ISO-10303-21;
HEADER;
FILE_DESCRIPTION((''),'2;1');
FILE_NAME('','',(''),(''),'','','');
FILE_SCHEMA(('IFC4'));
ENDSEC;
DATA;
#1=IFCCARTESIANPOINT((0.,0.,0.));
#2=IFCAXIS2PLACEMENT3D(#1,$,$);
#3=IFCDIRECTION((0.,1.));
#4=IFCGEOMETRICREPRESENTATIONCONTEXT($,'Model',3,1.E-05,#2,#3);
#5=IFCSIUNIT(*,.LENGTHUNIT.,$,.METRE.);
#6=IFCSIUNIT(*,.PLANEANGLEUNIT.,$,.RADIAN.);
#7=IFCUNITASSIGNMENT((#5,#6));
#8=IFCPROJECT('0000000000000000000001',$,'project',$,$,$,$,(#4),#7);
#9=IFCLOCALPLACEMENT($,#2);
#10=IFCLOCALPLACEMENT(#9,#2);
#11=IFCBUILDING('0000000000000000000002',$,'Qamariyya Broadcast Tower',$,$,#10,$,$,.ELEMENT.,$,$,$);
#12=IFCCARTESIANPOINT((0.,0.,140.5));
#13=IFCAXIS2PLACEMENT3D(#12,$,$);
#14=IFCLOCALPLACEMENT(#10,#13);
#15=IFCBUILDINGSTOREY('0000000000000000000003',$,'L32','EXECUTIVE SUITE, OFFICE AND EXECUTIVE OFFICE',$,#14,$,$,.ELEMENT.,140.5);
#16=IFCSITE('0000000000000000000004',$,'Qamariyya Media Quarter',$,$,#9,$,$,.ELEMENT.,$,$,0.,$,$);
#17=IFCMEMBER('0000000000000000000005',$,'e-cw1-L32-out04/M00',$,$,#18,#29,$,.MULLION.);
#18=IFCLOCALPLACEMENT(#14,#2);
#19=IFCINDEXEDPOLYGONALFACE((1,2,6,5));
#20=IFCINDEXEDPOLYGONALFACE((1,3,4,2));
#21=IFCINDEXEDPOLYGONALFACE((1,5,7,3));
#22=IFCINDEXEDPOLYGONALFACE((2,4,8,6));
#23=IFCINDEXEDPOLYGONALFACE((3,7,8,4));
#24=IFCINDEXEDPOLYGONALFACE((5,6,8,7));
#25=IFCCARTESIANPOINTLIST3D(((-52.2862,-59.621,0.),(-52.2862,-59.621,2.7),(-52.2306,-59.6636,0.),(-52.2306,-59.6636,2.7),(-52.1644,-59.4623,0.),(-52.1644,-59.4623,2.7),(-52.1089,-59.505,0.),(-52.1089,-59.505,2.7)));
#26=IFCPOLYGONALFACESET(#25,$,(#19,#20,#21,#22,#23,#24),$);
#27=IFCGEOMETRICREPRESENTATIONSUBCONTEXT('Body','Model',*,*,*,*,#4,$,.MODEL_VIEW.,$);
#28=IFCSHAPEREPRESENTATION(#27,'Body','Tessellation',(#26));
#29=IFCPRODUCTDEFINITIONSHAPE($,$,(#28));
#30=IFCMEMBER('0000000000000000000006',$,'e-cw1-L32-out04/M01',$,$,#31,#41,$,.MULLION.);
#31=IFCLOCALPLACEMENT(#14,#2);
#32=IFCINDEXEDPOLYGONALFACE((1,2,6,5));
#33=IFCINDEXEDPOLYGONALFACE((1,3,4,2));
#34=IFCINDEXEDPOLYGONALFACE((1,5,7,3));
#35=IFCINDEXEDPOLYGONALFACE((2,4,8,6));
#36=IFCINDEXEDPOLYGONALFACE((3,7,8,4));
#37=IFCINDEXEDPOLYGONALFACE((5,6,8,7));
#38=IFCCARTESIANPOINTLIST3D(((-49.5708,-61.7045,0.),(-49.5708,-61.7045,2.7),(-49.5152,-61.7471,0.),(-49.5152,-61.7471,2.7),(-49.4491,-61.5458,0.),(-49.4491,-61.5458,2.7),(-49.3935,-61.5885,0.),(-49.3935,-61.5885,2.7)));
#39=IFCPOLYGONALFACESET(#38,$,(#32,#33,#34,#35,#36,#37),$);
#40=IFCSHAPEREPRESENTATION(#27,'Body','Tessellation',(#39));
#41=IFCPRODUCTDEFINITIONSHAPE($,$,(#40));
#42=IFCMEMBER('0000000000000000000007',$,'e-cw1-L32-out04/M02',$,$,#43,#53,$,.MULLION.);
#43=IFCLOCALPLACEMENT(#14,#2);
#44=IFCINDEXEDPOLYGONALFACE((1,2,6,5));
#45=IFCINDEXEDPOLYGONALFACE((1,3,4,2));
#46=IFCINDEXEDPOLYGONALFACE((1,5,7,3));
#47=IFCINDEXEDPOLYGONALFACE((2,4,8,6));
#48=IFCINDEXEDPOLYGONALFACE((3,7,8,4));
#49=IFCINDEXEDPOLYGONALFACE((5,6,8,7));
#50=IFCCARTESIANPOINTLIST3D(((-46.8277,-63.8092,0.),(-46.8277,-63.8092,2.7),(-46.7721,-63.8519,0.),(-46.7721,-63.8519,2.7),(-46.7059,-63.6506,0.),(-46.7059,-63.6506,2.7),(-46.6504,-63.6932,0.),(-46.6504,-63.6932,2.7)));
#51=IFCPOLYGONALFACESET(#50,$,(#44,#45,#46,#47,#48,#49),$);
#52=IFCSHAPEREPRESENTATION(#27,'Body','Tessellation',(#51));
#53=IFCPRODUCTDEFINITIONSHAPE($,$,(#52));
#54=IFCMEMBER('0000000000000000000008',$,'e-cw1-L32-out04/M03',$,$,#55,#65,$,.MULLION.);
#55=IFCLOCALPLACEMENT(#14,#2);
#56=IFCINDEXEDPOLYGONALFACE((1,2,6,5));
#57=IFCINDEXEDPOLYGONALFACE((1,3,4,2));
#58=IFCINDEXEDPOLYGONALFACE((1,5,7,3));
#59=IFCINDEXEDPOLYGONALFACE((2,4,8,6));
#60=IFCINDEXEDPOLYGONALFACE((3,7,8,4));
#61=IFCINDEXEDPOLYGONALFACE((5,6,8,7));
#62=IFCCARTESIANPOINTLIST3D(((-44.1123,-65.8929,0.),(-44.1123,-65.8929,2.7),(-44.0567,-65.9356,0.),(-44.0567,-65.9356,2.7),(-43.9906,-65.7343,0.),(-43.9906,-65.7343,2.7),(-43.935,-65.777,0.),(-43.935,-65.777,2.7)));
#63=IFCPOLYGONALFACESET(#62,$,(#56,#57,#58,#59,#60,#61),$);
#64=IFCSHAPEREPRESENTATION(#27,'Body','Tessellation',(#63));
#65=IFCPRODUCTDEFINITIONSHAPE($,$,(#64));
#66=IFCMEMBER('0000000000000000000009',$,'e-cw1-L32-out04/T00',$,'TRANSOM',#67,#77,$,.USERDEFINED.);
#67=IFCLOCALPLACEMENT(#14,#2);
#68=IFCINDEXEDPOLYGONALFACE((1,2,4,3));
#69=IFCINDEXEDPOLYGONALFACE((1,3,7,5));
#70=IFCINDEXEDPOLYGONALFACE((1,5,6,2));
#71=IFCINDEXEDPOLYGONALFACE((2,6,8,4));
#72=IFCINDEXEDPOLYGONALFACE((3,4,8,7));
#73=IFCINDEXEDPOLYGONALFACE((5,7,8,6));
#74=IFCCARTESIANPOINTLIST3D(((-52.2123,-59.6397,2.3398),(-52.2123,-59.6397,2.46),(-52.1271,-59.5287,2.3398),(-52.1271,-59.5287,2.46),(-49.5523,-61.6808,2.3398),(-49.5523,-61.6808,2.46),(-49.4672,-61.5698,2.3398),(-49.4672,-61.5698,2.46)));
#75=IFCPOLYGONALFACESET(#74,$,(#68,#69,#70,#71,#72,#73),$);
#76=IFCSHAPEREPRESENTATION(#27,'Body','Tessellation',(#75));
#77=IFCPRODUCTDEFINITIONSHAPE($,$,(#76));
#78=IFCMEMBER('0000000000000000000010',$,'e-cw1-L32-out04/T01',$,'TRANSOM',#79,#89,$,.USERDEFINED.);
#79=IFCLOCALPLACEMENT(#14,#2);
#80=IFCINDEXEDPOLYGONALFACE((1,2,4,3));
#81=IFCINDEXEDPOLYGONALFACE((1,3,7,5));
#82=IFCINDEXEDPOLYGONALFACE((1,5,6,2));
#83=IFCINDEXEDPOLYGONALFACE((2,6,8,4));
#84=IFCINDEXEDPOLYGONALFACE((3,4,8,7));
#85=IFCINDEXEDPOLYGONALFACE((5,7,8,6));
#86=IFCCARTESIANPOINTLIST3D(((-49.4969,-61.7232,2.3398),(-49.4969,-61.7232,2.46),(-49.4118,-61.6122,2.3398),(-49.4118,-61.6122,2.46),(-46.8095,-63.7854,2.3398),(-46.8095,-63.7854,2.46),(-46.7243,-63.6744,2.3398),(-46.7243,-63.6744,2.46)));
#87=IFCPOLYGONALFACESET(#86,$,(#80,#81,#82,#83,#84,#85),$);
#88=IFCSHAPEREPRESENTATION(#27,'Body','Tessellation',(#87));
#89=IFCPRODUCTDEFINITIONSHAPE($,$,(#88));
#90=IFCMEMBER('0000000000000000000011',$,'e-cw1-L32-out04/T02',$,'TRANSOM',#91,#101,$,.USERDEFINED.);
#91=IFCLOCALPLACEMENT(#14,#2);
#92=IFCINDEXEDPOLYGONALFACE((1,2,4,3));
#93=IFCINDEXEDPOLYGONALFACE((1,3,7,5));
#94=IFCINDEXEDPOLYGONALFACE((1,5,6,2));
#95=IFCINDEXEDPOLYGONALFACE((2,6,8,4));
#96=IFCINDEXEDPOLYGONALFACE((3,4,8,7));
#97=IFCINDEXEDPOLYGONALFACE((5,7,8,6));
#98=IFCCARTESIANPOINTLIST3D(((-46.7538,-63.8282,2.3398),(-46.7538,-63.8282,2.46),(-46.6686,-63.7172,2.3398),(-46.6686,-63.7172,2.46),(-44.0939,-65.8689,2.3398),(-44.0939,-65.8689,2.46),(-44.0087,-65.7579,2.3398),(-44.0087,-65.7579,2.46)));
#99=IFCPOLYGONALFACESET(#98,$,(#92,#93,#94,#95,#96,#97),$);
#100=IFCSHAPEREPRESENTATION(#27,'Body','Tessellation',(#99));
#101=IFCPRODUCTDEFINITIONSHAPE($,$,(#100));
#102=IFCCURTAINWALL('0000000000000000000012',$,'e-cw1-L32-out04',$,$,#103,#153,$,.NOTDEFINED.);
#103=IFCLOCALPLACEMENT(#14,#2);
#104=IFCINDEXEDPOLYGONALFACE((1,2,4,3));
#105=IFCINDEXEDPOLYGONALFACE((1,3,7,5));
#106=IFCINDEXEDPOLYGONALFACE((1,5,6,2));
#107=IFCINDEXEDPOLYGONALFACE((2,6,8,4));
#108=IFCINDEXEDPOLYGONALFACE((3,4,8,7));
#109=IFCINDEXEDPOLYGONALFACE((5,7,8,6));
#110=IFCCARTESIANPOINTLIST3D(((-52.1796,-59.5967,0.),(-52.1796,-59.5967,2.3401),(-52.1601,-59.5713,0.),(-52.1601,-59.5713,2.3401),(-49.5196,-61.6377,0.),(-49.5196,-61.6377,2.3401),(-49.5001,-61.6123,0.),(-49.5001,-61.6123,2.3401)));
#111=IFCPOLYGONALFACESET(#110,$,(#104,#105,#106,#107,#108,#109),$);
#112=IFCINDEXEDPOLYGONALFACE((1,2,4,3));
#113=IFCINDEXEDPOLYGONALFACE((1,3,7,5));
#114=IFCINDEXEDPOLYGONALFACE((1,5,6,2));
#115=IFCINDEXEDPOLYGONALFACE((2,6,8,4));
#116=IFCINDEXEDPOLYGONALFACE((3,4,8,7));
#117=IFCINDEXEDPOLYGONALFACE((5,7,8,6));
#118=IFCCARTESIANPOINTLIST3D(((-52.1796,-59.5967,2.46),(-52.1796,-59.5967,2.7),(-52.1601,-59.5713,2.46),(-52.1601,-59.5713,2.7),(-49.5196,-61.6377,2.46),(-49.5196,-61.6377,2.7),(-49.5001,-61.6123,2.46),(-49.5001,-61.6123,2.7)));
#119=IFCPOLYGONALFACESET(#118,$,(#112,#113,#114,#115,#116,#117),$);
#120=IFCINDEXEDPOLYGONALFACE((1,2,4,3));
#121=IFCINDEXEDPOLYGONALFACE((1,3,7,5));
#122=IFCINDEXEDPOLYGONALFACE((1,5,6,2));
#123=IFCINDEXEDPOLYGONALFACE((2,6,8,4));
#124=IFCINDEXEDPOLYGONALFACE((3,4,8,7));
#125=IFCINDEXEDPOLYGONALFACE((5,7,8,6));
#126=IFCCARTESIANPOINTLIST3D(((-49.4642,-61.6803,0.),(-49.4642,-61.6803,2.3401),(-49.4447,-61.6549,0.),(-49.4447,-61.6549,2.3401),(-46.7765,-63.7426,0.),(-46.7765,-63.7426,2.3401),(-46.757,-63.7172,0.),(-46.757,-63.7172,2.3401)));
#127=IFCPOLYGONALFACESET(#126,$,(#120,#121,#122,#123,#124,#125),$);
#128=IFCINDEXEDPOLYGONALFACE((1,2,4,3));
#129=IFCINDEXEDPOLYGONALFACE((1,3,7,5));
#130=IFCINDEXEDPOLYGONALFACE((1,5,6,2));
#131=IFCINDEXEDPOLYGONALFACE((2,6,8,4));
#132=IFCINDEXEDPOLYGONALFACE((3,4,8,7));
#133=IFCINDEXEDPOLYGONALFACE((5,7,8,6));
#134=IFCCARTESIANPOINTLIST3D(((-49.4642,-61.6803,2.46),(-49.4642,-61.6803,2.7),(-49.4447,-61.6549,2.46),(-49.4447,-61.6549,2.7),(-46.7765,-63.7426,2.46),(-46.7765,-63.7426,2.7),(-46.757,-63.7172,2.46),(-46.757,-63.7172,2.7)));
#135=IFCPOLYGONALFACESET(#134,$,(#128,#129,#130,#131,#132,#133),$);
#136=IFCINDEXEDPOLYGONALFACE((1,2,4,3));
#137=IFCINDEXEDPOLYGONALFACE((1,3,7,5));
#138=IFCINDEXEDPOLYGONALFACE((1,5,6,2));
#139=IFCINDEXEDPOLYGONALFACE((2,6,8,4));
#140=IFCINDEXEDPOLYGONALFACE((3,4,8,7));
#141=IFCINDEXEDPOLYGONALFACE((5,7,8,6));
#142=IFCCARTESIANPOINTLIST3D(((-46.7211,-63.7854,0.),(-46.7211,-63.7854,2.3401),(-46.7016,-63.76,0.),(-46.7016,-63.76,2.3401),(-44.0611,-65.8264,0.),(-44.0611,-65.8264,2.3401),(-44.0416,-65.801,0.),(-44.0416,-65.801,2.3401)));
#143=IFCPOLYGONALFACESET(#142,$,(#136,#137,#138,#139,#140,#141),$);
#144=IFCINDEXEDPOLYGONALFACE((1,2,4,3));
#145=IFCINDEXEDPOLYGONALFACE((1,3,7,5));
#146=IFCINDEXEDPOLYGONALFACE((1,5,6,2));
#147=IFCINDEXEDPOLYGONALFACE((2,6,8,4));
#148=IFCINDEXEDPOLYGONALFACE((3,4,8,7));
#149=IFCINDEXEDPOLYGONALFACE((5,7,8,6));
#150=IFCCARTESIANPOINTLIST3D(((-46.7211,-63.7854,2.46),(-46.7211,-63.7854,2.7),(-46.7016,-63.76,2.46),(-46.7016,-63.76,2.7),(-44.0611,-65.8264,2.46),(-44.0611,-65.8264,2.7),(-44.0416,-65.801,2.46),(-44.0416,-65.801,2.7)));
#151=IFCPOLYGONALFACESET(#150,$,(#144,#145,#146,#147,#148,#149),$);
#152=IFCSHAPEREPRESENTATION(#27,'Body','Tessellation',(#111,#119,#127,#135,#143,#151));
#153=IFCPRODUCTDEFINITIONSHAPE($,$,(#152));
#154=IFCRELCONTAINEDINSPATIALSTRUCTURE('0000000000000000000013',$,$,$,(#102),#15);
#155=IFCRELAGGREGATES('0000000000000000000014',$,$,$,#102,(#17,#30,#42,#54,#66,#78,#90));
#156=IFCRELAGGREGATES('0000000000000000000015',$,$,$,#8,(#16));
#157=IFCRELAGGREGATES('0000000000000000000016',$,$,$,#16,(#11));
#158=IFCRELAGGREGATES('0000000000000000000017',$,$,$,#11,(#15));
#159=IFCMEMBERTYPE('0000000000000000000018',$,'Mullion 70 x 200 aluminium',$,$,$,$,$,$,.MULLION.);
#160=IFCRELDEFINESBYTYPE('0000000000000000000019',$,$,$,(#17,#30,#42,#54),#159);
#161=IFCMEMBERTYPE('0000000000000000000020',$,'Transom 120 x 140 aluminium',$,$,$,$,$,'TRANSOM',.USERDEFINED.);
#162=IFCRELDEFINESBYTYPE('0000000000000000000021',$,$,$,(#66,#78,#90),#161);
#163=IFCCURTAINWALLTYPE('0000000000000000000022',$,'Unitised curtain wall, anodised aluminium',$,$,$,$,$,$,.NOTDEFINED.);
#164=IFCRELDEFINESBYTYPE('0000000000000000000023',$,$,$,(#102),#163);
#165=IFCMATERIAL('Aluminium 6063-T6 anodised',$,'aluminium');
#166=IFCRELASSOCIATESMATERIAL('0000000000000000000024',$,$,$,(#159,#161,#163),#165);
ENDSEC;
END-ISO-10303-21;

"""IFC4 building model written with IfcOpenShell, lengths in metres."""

from ifc_helpers import new_model, si_unit, direction, frame, origin, origin_2d, place, context, subcontext, project, spatial, rectangle, extrude, material, material_profile, profile_set, type_object, element, aggregate, save


model = new_model("IFC4")

# Units and contexts
model_context = context("Model", 3, precision=1e-05, world=origin(), true_north=direction((0.0, 1.0)))
body_context = subcontext(model_context, "Body", "Model", "MODEL_VIEW")
ifc_project = project(units=[si_unit("LENGTHUNIT", "METRE"), si_unit("PLANEANGLEUNIT", "RADIAN")], contexts=[model_context])

# Members
ifc_material = material(Name="Aluminium 6063-T6 anodised", Category="aluminium")
ifc_material_profile_1 = material_profile(ifc_material, rectangle(XDim=0.2, YDim=0.0701, at=origin_2d()))
ifc_profile_set_1 = profile_set([ifc_material_profile_1], Name="Aluminium 6063-T6 anodised")
member_type_1 = type_object("IfcMemberType", Name="Mullion 70 x 200 aluminium", PredefinedType="MULLION", material=ifc_profile_set_1)
site_placement = place(None, origin())
building_placement = place(site_placement, origin())
storey_placement = place(building_placement, frame((0.0, 0.0, 140.5)))
member_1_placement = place(storey_placement, frame((-52.1975, -59.563, 0.0), z_axis=(0.0, 0.0, 1.0), x_axis=(0.608761, 0.793353, 0.0)))
member_1 = element("IfcMember", 1, at=member_1_placement, type_object=member_type_1, Name="e-cw1-L32-out04/M00", PredefinedType="MULLION", context=body_context, shape_type="SweptSolid", body=[
    extrude(rectangle(XDim=0.2, YDim=0.0701, at=origin_2d()), origin(), (0.0, 0.0, 1.0), 2.7),
])
member_2_placement = place(storey_placement, frame((-49.4822, -61.6465, 0.0), z_axis=(0.0, 0.0, 1.0), x_axis=(0.608761, 0.793353, 0.0)))
member_2 = element("IfcMember", 2, at=member_2_placement, type_object=member_type_1, Name="e-cw1-L32-out04/M01", PredefinedType="MULLION", context=body_context, shape_type="SweptSolid", body=[
    extrude(rectangle(XDim=0.2, YDim=0.0701, at=origin_2d()), origin(), (0.0, 0.0, 1.0), 2.7),
])
member_3_placement = place(storey_placement, frame((-46.739, -63.7512, 0.0), z_axis=(0.0, 0.0, 1.0), x_axis=(0.608761, 0.793353, 0.0)))
member_3 = element("IfcMember", 3, at=member_3_placement, type_object=member_type_1, Name="e-cw1-L32-out04/M02", PredefinedType="MULLION", context=body_context, shape_type="SweptSolid", body=[
    extrude(rectangle(XDim=0.2, YDim=0.0701, at=origin_2d()), origin(), (0.0, 0.0, 1.0), 2.7),
])
member_4_placement = place(storey_placement, frame((-44.0237, -65.835, 0.0), z_axis=(0.0, 0.0, 1.0), x_axis=(0.608761, 0.793353, 0.0)))
member_4 = element("IfcMember", 4, at=member_4_placement, type_object=member_type_1, Name="e-cw1-L32-out04/M03", PredefinedType="MULLION", context=body_context, shape_type="SweptSolid", body=[
    extrude(rectangle(XDim=0.2, YDim=0.0701, at=origin_2d()), origin(), (0.0, 0.0, 1.0), 2.7),
])
ifc_material_profile_2 = material_profile(ifc_material, rectangle(XDim=0.1399, YDim=0.1201, at=origin_2d()))
ifc_profile_set_2 = profile_set([ifc_material_profile_2], Name="Aluminium 6063-T6 anodised")
member_type_2 = type_object("IfcMemberType", Name="Transom 120 x 140 aluminium", ElementType="TRANSOM", PredefinedType="USERDEFINED", material=ifc_profile_set_2)
member_5_placement = place(storey_placement, frame((-52.1697, -59.5842, 2.3999), z_axis=(0.793354, -0.60876, 0.0), x_axis=(0.60876, 0.793354, 0.0)))
member_5 = element("IfcMember", 5, at=member_5_placement, type_object=member_type_2, Name="e-cw1-L32-out04/T00", ObjectType="TRANSOM", PredefinedType="USERDEFINED", context=body_context, shape_type="SweptSolid", body=[
    extrude(rectangle(XDim=0.1399, YDim=0.1201, at=origin_2d()), origin(), (0.0, 0.0, 1.0), 3.3528),
])
member_6_placement = place(storey_placement, frame((-49.4543, -61.6677, 2.3999), z_axis=(0.793344, -0.608773, 0.0), x_axis=(0.608773, 0.793344, 0.0)))
member_6 = element("IfcMember", 6, at=member_6_placement, type_object=member_type_2, Name="e-cw1-L32-out04/T01", ObjectType="TRANSOM", PredefinedType="USERDEFINED", context=body_context, shape_type="SweptSolid", body=[
    extrude(rectangle(XDim=0.1399, YDim=0.1201, at=origin_2d()), origin(), (0.0, 0.0, 1.0), 3.3875),
])
member_7_placement = place(storey_placement, frame((-46.7112, -63.7727, 2.3999), z_axis=(0.793389, -0.608714, 0.0), x_axis=(0.608714, 0.793389, 0.0)))
member_7 = element("IfcMember", 7, at=member_7_placement, type_object=member_type_2, Name="e-cw1-L32-out04/T02", ObjectType="TRANSOM", PredefinedType="USERDEFINED", context=body_context, shape_type="SweptSolid", body=[
    extrude(rectangle(XDim=0.1399, YDim=0.1201, at=origin_2d()), origin(), (0.0, 0.0, 1.0), 3.3525),
])

# Site, building, storey
site = spatial("IfcSite", under=ifc_project, at=site_placement, Name="Qamariyya Media Quarter", CompositionType="ELEMENT", RefElevation=0.0)
building = spatial("IfcBuilding", under=site, at=building_placement, Name="Qamariyya Broadcast Tower", CompositionType="ELEMENT")
storey = spatial("IfcBuildingStorey", under=building, at=storey_placement, Name="L32", Description="EXECUTIVE SUITE, OFFICE AND EXECUTIVE OFFICE", CompositionType="ELEMENT", Elevation=140.5)

# Curtain wall
curtain_wall_type = type_object("IfcCurtainWallType", Name="Unitised curtain wall, anodised aluminium", PredefinedType="NOTDEFINED", material=ifc_material)
curtain_wall_1_placement = place(storey_placement, origin())
curtain_wall_1 = element("IfcCurtainWall", 8, at=curtain_wall_1_placement, inside=storey, type_object=curtain_wall_type, Name="e-cw1-L32-out04", PredefinedType="NOTDEFINED", context=body_context, shape_type="SweptSolid", body=[
    extrude(rectangle(XDim=3.3528, YDim=0.032, at=origin_2d()), frame((-50.8398, -60.6045, 0.0), x_axis=(0.793354, -0.608761, 0.0)), (0.0, 0.0, 1.0), 2.3401),
    extrude(rectangle(XDim=3.3528, YDim=0.032, at=origin_2d()), frame((-50.8398, -60.6045, 2.46), x_axis=(0.793354, -0.608761, 0.0)), (0.0, 0.0, 1.0), 0.24),
    extrude(rectangle(XDim=3.3877, YDim=0.032, at=origin_2d()), frame((-48.1106, -62.6987, 0.0), x_axis=(0.793354, -0.608761, 0.0)), (0.0, 0.0, 1.0), 2.3401),
    extrude(rectangle(XDim=3.3877, YDim=0.032, at=origin_2d()), frame((-48.1106, -62.6987, 2.46), x_axis=(0.793354, -0.608761, 0.0)), (0.0, 0.0, 1.0), 0.24),
    extrude(rectangle(XDim=3.3528, YDim=0.032, at=origin_2d()), frame((-45.3813, -64.7932, 0.0), x_axis=(0.793354, -0.608761, 0.0)), (0.0, 0.0, 1.0), 2.3401),
    extrude(rectangle(XDim=3.3528, YDim=0.032, at=origin_2d()), frame((-45.3813, -64.7932, 2.46), x_axis=(0.793354, -0.608761, 0.0)), (0.0, 0.0, 1.0), 0.24),
])
aggregate(curtain_wall_1, [member_1, member_2, member_3, member_4, member_5, member_6, member_7])

save(model, "model.ifc")
